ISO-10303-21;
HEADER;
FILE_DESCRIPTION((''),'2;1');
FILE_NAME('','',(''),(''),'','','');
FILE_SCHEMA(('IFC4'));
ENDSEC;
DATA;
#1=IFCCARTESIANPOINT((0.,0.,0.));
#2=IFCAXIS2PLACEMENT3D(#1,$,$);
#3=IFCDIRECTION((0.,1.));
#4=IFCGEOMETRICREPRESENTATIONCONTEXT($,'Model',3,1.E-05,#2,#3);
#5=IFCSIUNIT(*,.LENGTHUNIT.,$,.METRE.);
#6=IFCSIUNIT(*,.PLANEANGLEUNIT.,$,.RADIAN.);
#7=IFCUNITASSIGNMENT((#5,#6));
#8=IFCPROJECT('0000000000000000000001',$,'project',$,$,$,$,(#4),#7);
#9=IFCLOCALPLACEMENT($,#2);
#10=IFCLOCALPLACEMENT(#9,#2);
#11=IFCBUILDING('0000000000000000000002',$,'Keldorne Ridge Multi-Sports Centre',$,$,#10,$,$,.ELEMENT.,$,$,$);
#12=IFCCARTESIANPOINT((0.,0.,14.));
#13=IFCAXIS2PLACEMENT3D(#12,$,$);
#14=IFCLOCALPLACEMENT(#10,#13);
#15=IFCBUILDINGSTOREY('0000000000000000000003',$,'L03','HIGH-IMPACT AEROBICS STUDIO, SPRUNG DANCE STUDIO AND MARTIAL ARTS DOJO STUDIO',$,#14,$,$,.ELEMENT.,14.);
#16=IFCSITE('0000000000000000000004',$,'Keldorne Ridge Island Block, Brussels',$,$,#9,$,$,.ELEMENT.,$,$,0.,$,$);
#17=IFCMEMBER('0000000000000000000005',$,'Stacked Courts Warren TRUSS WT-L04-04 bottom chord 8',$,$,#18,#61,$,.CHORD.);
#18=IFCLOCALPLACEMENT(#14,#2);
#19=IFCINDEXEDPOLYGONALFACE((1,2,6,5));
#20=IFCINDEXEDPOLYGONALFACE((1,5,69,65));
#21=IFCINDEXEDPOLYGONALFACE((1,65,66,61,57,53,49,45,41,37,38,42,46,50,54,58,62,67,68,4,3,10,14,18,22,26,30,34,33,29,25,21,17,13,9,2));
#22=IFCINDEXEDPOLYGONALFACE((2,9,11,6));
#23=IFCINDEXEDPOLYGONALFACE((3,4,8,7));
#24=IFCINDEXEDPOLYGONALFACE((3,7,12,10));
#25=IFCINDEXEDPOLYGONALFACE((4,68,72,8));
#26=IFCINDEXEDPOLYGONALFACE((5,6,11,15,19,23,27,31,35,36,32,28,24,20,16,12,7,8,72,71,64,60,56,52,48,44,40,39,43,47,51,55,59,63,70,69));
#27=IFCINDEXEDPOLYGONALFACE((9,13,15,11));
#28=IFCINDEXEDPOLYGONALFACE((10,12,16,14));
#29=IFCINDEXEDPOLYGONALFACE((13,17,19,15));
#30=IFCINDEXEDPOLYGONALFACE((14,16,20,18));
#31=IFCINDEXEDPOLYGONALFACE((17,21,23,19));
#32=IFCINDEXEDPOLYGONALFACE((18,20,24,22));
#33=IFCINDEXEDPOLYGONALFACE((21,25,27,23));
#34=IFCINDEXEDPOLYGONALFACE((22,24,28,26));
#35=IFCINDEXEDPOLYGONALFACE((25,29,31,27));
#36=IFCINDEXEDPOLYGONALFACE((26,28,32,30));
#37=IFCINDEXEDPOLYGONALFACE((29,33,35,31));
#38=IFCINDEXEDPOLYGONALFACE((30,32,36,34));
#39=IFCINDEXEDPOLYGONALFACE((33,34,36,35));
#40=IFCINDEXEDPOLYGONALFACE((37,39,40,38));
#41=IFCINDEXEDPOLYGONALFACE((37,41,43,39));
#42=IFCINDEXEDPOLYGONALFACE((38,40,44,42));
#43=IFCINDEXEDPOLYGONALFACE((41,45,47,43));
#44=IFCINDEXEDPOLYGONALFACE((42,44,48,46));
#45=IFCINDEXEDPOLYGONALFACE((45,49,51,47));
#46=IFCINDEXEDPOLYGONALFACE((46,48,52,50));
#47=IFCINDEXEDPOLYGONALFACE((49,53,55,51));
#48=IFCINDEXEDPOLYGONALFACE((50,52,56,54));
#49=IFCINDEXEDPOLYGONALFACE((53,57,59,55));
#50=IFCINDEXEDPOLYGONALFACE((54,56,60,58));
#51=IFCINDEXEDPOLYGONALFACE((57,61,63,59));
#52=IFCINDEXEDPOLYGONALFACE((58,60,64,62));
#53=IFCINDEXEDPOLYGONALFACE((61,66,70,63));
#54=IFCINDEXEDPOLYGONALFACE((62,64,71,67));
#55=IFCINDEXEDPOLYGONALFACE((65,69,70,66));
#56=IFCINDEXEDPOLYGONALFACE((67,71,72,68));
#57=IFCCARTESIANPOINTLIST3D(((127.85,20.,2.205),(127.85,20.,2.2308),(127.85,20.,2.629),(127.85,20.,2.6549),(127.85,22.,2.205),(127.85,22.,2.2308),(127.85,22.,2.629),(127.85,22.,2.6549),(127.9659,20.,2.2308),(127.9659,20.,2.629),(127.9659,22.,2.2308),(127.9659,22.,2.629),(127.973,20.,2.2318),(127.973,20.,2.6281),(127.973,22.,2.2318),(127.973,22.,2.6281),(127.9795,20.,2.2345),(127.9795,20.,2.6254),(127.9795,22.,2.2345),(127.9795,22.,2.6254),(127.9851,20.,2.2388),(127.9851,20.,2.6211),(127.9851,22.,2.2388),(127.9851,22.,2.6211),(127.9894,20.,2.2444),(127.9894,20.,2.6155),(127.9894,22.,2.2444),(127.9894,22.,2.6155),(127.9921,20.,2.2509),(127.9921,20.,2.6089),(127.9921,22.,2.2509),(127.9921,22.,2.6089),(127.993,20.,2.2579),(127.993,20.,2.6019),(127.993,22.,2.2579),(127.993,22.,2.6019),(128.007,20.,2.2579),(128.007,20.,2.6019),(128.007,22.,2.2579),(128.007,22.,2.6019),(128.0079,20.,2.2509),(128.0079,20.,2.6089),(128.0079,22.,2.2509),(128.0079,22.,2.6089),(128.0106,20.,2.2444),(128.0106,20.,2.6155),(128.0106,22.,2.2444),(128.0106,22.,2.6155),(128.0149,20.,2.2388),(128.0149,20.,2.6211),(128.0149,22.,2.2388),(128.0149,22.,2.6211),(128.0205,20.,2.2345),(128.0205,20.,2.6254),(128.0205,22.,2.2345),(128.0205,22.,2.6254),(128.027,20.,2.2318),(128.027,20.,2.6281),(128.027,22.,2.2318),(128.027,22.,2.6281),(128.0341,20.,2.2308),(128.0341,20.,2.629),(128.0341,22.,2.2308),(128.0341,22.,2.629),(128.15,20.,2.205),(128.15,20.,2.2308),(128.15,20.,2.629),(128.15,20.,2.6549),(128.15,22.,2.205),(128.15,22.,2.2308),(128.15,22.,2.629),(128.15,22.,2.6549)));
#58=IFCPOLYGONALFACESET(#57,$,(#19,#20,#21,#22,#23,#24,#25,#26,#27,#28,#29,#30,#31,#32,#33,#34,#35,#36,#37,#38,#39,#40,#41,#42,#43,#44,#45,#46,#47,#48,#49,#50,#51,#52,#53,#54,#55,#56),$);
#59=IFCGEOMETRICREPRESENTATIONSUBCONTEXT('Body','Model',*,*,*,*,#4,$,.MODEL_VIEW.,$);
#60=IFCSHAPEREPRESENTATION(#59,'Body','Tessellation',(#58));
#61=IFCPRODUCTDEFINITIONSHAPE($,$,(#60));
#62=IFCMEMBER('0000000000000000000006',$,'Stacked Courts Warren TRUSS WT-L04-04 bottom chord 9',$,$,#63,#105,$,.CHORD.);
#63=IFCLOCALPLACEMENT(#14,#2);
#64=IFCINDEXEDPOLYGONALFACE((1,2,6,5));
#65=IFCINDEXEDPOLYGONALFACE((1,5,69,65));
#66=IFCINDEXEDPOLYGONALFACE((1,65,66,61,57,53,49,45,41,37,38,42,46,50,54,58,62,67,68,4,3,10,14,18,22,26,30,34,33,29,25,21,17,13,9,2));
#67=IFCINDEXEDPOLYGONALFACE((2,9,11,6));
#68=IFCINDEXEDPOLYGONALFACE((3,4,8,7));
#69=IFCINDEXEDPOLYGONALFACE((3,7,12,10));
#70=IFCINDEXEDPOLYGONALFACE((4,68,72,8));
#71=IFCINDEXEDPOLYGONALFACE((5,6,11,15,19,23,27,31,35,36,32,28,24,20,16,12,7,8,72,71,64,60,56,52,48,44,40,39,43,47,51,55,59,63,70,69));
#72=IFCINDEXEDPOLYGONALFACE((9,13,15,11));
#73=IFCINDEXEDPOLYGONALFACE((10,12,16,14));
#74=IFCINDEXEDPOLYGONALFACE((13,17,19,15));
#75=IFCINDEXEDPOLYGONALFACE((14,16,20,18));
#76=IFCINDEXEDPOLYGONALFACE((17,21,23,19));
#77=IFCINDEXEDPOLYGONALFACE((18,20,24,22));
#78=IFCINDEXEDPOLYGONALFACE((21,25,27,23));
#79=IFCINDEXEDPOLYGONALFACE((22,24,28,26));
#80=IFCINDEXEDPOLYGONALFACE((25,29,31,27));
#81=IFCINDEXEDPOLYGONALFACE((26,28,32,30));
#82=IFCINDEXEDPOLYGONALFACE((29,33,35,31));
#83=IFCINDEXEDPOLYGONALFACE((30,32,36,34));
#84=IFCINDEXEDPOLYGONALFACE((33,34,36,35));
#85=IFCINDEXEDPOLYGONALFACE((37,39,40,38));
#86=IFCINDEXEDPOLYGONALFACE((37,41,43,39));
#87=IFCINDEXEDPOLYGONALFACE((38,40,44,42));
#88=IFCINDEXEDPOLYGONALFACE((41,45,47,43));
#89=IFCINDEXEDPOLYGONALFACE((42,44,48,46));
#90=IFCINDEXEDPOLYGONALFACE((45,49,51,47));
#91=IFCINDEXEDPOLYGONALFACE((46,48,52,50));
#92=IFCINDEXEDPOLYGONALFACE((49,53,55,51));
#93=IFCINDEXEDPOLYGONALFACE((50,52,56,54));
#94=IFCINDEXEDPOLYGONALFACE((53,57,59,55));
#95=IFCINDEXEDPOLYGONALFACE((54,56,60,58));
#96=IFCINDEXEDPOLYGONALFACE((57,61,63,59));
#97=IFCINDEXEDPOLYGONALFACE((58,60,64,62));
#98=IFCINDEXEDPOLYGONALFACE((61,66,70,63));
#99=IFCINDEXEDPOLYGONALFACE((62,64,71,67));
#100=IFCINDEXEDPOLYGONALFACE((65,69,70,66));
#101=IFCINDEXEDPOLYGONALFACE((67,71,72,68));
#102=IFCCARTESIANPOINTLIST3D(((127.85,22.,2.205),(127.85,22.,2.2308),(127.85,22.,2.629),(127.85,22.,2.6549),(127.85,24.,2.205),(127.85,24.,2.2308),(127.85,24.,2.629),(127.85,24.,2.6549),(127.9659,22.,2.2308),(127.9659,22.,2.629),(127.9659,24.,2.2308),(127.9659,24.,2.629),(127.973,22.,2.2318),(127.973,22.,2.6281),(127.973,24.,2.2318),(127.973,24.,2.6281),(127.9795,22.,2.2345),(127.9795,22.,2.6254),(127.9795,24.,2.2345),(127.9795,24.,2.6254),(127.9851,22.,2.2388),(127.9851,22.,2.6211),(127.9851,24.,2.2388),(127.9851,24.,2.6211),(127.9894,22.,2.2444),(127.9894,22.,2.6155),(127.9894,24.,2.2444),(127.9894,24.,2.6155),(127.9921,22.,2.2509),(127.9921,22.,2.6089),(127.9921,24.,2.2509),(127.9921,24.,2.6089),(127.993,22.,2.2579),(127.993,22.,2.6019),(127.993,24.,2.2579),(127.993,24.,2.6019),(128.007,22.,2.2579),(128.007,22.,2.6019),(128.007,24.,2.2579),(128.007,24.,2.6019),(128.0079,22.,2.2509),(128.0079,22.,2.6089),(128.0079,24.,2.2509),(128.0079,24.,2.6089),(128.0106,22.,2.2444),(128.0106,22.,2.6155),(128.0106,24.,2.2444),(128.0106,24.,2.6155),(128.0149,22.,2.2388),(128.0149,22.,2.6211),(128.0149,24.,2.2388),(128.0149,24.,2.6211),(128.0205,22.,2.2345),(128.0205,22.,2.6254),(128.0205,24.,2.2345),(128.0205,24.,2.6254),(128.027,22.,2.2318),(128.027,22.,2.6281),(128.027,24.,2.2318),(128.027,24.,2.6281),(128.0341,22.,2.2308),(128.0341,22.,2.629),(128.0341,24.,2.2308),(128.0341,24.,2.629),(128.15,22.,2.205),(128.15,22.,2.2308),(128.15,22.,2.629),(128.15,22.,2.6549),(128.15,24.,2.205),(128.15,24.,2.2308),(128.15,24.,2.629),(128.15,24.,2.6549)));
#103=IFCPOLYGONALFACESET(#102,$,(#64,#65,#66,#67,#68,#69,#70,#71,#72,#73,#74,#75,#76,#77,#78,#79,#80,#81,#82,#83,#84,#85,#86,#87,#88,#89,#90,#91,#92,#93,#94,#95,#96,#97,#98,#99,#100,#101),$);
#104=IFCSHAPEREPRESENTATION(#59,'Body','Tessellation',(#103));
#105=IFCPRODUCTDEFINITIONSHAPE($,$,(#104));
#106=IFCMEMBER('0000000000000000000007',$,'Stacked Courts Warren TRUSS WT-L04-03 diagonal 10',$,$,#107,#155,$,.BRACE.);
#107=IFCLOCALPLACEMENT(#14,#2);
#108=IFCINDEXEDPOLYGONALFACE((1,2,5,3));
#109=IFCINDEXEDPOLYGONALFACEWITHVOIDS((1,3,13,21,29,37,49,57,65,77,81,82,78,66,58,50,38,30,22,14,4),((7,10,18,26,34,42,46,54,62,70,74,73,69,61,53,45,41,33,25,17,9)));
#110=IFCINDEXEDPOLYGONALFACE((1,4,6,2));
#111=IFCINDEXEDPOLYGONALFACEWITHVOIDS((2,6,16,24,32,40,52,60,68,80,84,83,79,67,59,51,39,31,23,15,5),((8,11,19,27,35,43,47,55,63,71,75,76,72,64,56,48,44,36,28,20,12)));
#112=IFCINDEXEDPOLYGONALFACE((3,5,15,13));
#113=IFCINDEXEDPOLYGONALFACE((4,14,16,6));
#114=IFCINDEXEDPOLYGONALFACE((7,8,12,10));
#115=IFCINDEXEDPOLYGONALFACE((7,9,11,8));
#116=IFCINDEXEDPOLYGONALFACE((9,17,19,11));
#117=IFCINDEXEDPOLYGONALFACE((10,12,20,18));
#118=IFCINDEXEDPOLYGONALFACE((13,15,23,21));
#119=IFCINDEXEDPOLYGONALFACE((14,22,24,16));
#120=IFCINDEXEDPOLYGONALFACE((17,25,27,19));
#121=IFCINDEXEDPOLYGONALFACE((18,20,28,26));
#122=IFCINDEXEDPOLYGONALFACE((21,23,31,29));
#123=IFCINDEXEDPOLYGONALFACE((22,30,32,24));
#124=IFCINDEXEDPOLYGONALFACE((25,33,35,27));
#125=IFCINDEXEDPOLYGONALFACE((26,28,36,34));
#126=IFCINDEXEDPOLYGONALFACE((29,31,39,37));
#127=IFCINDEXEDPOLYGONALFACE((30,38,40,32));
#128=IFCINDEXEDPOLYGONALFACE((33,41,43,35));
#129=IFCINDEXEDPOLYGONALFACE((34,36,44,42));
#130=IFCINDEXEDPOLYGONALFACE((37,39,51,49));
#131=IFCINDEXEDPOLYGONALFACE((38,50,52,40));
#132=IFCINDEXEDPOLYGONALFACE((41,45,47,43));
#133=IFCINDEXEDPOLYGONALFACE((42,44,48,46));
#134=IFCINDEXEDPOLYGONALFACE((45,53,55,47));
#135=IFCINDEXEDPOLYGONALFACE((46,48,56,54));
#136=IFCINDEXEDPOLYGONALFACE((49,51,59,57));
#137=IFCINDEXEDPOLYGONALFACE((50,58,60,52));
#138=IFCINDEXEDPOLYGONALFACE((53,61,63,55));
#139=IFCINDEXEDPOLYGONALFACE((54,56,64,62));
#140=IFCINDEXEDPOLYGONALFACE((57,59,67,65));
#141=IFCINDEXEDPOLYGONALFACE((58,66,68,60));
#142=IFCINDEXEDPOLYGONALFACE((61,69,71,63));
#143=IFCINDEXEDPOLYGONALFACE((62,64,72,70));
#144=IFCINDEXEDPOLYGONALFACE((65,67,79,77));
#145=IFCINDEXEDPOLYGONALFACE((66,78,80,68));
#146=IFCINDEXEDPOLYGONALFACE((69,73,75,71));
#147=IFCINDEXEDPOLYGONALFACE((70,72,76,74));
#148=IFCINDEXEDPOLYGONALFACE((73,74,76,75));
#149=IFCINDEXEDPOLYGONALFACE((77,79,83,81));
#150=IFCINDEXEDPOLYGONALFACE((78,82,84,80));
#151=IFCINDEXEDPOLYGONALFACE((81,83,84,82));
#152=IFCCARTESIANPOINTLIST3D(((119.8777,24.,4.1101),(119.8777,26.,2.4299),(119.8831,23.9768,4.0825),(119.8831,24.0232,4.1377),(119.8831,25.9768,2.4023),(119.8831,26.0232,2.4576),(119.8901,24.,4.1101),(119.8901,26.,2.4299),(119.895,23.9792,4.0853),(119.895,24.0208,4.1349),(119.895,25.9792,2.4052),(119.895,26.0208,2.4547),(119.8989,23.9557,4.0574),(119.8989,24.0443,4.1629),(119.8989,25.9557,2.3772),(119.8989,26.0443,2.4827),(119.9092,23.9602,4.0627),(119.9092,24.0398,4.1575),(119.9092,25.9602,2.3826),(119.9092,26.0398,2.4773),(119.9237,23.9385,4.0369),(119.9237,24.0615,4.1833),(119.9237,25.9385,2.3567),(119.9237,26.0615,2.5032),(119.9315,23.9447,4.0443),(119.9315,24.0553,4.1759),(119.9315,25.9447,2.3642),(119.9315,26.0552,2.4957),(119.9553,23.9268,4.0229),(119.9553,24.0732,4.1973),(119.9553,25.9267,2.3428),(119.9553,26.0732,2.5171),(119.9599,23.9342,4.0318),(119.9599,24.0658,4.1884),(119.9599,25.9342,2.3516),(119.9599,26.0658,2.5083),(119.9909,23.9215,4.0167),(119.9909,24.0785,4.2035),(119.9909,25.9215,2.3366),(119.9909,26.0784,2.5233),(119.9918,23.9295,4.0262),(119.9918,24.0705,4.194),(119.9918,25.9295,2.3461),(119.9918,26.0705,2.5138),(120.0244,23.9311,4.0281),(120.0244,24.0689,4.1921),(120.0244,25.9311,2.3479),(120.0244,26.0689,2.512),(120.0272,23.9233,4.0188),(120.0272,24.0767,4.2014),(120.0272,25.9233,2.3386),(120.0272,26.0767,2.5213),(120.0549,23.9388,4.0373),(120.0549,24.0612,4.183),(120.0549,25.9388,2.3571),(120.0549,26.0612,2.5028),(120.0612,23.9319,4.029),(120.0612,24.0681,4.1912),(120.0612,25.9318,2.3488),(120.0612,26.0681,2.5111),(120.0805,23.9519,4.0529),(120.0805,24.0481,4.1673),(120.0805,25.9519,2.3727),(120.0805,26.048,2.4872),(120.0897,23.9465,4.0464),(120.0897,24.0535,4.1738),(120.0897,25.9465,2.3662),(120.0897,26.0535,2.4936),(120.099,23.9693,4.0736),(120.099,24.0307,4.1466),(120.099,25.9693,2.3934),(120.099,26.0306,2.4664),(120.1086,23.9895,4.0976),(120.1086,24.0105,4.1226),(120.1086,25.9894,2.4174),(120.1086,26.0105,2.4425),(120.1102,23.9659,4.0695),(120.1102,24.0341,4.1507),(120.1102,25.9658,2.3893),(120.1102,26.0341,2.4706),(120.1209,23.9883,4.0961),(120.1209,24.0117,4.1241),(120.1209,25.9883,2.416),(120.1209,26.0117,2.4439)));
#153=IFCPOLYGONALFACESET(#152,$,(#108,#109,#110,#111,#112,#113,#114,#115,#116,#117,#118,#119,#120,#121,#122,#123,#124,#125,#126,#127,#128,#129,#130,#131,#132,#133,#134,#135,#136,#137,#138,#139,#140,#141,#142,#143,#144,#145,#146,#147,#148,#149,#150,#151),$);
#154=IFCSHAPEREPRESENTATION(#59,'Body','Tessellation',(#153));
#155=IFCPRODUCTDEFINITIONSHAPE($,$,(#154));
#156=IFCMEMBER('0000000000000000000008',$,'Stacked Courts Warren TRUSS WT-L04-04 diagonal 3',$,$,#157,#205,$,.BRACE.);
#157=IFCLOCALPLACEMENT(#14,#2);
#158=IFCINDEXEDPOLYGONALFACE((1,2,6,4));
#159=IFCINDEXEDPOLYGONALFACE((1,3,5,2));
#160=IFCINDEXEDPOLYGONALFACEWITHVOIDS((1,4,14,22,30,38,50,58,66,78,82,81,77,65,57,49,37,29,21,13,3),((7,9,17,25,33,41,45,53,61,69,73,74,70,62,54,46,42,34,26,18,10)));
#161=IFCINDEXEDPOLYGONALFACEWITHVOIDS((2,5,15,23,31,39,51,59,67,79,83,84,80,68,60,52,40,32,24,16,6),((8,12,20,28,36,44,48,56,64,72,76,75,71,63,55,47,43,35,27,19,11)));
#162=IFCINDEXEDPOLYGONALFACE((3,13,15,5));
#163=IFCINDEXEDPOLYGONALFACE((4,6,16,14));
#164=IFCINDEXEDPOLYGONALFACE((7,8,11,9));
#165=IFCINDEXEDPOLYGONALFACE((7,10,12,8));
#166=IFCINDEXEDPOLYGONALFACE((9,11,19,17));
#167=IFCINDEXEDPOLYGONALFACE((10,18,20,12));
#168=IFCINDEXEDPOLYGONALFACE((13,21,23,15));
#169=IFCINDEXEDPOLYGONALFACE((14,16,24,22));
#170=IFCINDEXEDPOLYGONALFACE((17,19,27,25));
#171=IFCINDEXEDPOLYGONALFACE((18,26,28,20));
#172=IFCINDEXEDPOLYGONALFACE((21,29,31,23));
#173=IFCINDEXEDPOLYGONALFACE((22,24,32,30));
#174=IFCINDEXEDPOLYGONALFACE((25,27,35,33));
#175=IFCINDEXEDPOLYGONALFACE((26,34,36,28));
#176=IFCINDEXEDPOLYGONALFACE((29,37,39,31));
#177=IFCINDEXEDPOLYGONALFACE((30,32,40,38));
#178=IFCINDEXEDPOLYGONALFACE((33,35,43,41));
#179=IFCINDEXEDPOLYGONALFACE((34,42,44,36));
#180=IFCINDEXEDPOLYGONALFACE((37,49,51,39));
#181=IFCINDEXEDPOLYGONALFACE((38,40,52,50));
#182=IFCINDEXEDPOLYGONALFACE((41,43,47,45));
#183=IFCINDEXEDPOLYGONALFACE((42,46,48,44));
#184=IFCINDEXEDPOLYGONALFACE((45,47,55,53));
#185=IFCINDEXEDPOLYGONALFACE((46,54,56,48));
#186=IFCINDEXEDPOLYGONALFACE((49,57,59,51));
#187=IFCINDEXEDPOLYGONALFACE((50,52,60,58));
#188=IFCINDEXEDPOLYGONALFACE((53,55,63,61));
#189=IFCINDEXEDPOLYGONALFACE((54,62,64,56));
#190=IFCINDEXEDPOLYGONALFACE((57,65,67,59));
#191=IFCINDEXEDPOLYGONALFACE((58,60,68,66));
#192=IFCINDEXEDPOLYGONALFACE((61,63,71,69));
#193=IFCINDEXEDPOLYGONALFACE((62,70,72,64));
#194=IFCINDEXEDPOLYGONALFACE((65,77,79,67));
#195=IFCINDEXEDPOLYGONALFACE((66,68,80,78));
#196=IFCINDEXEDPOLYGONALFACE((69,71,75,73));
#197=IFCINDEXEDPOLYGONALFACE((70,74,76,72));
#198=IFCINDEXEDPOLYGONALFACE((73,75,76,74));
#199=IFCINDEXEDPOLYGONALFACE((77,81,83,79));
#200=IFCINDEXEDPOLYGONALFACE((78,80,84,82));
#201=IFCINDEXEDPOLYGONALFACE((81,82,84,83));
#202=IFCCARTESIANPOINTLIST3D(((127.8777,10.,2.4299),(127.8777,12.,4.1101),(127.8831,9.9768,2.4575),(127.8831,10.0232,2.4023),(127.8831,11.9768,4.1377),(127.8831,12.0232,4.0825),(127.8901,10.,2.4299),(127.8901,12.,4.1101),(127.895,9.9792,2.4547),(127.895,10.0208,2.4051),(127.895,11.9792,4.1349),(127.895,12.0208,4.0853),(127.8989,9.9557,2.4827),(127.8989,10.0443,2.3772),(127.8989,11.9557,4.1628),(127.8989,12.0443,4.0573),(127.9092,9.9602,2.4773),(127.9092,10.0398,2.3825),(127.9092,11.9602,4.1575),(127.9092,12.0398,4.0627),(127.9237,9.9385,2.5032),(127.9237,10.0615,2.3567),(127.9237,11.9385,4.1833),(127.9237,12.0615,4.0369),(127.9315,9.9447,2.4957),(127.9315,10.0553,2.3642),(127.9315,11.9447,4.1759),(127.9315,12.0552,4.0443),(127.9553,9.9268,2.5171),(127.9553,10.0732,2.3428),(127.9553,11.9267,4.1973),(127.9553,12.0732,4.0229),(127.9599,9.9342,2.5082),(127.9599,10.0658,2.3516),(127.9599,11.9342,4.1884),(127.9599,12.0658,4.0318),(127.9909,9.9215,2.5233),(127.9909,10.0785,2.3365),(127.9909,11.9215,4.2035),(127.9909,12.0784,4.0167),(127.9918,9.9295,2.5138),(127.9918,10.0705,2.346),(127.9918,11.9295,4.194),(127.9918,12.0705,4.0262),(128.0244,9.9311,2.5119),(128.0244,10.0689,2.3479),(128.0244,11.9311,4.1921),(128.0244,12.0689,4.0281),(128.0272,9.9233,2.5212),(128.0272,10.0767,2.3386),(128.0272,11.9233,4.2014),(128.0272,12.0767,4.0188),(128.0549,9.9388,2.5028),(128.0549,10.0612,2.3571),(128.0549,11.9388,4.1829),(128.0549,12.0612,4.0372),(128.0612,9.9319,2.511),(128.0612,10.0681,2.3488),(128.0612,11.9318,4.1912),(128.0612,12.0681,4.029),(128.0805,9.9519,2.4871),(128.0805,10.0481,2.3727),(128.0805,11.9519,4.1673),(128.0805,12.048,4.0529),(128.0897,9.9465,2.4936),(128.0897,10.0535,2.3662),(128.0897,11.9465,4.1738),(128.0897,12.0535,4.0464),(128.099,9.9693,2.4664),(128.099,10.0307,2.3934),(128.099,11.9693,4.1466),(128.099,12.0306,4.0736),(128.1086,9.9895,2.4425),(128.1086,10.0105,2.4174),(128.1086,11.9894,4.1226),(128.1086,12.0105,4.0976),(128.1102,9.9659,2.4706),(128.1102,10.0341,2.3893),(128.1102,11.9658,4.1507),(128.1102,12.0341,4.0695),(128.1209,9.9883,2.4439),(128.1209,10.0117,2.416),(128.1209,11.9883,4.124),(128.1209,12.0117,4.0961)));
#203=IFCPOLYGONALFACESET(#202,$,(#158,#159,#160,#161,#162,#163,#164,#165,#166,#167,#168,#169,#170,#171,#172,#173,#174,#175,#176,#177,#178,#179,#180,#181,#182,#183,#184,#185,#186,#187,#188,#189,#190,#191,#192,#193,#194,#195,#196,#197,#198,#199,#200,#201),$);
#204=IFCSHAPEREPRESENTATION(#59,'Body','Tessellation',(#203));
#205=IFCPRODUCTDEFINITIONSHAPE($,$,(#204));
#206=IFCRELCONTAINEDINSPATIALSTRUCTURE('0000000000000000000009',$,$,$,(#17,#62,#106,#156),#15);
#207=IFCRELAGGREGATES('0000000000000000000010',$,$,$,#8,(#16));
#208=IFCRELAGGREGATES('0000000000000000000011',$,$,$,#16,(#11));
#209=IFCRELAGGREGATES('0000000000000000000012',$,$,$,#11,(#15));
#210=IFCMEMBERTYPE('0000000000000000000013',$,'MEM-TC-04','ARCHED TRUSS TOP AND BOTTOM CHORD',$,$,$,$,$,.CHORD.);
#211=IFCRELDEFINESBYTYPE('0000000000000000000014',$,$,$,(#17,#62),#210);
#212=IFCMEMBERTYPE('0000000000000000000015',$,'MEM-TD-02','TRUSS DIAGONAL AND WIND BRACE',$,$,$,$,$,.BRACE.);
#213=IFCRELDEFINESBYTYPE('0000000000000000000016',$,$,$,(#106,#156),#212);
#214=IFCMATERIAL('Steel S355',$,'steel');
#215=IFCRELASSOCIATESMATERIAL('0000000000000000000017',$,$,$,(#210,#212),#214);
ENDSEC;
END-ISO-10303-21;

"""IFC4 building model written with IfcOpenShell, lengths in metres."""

from ifc_helpers import new_model, si_unit, direction, frame, origin, origin_2d, place, context, subcontext, project, spatial, hollow_circle, i_section, extrude, material, material_profile, profile_set, type_object, element, save


model = new_model("IFC4")

# Units and contexts
model_context = context("Model", 3, precision=1e-05, world=origin(), true_north=direction((0.0, 1.0)))
body_context = subcontext(model_context, "Body", "Model", "MODEL_VIEW")
ifc_project = project(units=[si_unit("LENGTHUNIT", "METRE"), si_unit("PLANEANGLEUNIT", "RADIAN")], contexts=[model_context])

# Site, building, storey
site_placement = place(None, origin())
site = spatial("IfcSite", under=ifc_project, at=site_placement, Name="Keldorne Ridge Island Block, Brussels", CompositionType="ELEMENT", RefElevation=0.0)
building_placement = place(site_placement, origin())
building = spatial("IfcBuilding", under=site, at=building_placement, Name="Keldorne Ridge Multi-Sports Centre", CompositionType="ELEMENT")
storey_placement = place(building_placement, frame((0.0, 0.0, 14.0)))
storey = spatial("IfcBuildingStorey", under=building, at=storey_placement, Name="L03", Description="HIGH-IMPACT AEROBICS STUDIO, SPRUNG DANCE STUDIO AND MARTIAL ARTS DOJO STUDIO", CompositionType="ELEMENT", Elevation=14.0)

# Members
ifc_material = material(Name="Steel S355", Category="steel")
ifc_material_profile_1 = material_profile(ifc_material, i_section(OverallWidth=0.3, OverallDepth=0.45, WebThickness=0.0139, FlangeThickness=0.0259, FilletRadius=0.0271, at=origin_2d()), Name="HEB 450")
ifc_profile_set_1 = profile_set([ifc_material_profile_1], Name="Steel S355")
member_type_1 = type_object("IfcMemberType", Name="MEM-TC-04", Description="ARCHED TRUSS TOP AND BOTTOM CHORD", PredefinedType="CHORD", material=ifc_profile_set_1)
for number, where, z_axis, x_axis, name in (
    (1, (128.0, 20.0, 2.4299), (0.0, 1.0, 0.0), (-1.0, 0.0, 0.0), "Stacked Courts Warren TRUSS WT-L04-04 bottom chord 8"),
    (2, (128.0, 22.0, 2.4299), (0.0, 1.0, 0.0), (-1.0, 0.0, 0.0), "Stacked Courts Warren TRUSS WT-L04-04 bottom chord 9"),
):
    element("IfcMember", number, at=place(storey_placement, frame(where, z_axis=z_axis, x_axis=x_axis)), inside=storey, type_object=member_type_1, Name=name, PredefinedType="CHORD", context=body_context, shape_type="SweptSolid", body=[
        extrude(i_section(OverallWidth=0.3, OverallDepth=0.45, WebThickness=0.0139, FlangeThickness=0.0259, FilletRadius=0.0271, at=origin_2d()), origin(), (0.0, 0.0, 1.0), 2.0),
    ])
ifc_material_profile_2 = material_profile(ifc_material, hollow_circle(Radius=0.1223, WallThickness=0.0125, at=origin_2d()), Name="CHS 244.5x12.5")
ifc_profile_set_2 = profile_set([ifc_material_profile_2], Name="Steel S355")
member_type_2 = type_object("IfcMemberType", Name="MEM-TD-02", Description="TRUSS DIAGONAL AND WIND BRACE", PredefinedType="BRACE", material=ifc_profile_set_2)
for number, where, z_axis, x_axis, name in (
    (3, (120.0, 24.0, 4.1101), (0.0, 0.765672, -0.643232), (-1.0, 0.0, 0.0), "Stacked Courts Warren TRUSS WT-L04-03 diagonal 10"),
    (4, (128.0, 10.0, 2.4299), (0.0, 0.765672, 0.643232), (-1.0, 0.0, 0.0), "Stacked Courts Warren TRUSS WT-L04-04 diagonal 3"),
):
    element("IfcMember", number, at=place(storey_placement, frame(where, z_axis=z_axis, x_axis=x_axis)), inside=storey, type_object=member_type_2, Name=name, PredefinedType="BRACE", context=body_context, shape_type="SweptSolid", body=[
        extrude(hollow_circle(Radius=0.1223, WallThickness=0.0125, at=origin_2d()), origin(), (0.0, 0.0, 1.0), 2.6121),
    ])

save(model, "model.ifc")
